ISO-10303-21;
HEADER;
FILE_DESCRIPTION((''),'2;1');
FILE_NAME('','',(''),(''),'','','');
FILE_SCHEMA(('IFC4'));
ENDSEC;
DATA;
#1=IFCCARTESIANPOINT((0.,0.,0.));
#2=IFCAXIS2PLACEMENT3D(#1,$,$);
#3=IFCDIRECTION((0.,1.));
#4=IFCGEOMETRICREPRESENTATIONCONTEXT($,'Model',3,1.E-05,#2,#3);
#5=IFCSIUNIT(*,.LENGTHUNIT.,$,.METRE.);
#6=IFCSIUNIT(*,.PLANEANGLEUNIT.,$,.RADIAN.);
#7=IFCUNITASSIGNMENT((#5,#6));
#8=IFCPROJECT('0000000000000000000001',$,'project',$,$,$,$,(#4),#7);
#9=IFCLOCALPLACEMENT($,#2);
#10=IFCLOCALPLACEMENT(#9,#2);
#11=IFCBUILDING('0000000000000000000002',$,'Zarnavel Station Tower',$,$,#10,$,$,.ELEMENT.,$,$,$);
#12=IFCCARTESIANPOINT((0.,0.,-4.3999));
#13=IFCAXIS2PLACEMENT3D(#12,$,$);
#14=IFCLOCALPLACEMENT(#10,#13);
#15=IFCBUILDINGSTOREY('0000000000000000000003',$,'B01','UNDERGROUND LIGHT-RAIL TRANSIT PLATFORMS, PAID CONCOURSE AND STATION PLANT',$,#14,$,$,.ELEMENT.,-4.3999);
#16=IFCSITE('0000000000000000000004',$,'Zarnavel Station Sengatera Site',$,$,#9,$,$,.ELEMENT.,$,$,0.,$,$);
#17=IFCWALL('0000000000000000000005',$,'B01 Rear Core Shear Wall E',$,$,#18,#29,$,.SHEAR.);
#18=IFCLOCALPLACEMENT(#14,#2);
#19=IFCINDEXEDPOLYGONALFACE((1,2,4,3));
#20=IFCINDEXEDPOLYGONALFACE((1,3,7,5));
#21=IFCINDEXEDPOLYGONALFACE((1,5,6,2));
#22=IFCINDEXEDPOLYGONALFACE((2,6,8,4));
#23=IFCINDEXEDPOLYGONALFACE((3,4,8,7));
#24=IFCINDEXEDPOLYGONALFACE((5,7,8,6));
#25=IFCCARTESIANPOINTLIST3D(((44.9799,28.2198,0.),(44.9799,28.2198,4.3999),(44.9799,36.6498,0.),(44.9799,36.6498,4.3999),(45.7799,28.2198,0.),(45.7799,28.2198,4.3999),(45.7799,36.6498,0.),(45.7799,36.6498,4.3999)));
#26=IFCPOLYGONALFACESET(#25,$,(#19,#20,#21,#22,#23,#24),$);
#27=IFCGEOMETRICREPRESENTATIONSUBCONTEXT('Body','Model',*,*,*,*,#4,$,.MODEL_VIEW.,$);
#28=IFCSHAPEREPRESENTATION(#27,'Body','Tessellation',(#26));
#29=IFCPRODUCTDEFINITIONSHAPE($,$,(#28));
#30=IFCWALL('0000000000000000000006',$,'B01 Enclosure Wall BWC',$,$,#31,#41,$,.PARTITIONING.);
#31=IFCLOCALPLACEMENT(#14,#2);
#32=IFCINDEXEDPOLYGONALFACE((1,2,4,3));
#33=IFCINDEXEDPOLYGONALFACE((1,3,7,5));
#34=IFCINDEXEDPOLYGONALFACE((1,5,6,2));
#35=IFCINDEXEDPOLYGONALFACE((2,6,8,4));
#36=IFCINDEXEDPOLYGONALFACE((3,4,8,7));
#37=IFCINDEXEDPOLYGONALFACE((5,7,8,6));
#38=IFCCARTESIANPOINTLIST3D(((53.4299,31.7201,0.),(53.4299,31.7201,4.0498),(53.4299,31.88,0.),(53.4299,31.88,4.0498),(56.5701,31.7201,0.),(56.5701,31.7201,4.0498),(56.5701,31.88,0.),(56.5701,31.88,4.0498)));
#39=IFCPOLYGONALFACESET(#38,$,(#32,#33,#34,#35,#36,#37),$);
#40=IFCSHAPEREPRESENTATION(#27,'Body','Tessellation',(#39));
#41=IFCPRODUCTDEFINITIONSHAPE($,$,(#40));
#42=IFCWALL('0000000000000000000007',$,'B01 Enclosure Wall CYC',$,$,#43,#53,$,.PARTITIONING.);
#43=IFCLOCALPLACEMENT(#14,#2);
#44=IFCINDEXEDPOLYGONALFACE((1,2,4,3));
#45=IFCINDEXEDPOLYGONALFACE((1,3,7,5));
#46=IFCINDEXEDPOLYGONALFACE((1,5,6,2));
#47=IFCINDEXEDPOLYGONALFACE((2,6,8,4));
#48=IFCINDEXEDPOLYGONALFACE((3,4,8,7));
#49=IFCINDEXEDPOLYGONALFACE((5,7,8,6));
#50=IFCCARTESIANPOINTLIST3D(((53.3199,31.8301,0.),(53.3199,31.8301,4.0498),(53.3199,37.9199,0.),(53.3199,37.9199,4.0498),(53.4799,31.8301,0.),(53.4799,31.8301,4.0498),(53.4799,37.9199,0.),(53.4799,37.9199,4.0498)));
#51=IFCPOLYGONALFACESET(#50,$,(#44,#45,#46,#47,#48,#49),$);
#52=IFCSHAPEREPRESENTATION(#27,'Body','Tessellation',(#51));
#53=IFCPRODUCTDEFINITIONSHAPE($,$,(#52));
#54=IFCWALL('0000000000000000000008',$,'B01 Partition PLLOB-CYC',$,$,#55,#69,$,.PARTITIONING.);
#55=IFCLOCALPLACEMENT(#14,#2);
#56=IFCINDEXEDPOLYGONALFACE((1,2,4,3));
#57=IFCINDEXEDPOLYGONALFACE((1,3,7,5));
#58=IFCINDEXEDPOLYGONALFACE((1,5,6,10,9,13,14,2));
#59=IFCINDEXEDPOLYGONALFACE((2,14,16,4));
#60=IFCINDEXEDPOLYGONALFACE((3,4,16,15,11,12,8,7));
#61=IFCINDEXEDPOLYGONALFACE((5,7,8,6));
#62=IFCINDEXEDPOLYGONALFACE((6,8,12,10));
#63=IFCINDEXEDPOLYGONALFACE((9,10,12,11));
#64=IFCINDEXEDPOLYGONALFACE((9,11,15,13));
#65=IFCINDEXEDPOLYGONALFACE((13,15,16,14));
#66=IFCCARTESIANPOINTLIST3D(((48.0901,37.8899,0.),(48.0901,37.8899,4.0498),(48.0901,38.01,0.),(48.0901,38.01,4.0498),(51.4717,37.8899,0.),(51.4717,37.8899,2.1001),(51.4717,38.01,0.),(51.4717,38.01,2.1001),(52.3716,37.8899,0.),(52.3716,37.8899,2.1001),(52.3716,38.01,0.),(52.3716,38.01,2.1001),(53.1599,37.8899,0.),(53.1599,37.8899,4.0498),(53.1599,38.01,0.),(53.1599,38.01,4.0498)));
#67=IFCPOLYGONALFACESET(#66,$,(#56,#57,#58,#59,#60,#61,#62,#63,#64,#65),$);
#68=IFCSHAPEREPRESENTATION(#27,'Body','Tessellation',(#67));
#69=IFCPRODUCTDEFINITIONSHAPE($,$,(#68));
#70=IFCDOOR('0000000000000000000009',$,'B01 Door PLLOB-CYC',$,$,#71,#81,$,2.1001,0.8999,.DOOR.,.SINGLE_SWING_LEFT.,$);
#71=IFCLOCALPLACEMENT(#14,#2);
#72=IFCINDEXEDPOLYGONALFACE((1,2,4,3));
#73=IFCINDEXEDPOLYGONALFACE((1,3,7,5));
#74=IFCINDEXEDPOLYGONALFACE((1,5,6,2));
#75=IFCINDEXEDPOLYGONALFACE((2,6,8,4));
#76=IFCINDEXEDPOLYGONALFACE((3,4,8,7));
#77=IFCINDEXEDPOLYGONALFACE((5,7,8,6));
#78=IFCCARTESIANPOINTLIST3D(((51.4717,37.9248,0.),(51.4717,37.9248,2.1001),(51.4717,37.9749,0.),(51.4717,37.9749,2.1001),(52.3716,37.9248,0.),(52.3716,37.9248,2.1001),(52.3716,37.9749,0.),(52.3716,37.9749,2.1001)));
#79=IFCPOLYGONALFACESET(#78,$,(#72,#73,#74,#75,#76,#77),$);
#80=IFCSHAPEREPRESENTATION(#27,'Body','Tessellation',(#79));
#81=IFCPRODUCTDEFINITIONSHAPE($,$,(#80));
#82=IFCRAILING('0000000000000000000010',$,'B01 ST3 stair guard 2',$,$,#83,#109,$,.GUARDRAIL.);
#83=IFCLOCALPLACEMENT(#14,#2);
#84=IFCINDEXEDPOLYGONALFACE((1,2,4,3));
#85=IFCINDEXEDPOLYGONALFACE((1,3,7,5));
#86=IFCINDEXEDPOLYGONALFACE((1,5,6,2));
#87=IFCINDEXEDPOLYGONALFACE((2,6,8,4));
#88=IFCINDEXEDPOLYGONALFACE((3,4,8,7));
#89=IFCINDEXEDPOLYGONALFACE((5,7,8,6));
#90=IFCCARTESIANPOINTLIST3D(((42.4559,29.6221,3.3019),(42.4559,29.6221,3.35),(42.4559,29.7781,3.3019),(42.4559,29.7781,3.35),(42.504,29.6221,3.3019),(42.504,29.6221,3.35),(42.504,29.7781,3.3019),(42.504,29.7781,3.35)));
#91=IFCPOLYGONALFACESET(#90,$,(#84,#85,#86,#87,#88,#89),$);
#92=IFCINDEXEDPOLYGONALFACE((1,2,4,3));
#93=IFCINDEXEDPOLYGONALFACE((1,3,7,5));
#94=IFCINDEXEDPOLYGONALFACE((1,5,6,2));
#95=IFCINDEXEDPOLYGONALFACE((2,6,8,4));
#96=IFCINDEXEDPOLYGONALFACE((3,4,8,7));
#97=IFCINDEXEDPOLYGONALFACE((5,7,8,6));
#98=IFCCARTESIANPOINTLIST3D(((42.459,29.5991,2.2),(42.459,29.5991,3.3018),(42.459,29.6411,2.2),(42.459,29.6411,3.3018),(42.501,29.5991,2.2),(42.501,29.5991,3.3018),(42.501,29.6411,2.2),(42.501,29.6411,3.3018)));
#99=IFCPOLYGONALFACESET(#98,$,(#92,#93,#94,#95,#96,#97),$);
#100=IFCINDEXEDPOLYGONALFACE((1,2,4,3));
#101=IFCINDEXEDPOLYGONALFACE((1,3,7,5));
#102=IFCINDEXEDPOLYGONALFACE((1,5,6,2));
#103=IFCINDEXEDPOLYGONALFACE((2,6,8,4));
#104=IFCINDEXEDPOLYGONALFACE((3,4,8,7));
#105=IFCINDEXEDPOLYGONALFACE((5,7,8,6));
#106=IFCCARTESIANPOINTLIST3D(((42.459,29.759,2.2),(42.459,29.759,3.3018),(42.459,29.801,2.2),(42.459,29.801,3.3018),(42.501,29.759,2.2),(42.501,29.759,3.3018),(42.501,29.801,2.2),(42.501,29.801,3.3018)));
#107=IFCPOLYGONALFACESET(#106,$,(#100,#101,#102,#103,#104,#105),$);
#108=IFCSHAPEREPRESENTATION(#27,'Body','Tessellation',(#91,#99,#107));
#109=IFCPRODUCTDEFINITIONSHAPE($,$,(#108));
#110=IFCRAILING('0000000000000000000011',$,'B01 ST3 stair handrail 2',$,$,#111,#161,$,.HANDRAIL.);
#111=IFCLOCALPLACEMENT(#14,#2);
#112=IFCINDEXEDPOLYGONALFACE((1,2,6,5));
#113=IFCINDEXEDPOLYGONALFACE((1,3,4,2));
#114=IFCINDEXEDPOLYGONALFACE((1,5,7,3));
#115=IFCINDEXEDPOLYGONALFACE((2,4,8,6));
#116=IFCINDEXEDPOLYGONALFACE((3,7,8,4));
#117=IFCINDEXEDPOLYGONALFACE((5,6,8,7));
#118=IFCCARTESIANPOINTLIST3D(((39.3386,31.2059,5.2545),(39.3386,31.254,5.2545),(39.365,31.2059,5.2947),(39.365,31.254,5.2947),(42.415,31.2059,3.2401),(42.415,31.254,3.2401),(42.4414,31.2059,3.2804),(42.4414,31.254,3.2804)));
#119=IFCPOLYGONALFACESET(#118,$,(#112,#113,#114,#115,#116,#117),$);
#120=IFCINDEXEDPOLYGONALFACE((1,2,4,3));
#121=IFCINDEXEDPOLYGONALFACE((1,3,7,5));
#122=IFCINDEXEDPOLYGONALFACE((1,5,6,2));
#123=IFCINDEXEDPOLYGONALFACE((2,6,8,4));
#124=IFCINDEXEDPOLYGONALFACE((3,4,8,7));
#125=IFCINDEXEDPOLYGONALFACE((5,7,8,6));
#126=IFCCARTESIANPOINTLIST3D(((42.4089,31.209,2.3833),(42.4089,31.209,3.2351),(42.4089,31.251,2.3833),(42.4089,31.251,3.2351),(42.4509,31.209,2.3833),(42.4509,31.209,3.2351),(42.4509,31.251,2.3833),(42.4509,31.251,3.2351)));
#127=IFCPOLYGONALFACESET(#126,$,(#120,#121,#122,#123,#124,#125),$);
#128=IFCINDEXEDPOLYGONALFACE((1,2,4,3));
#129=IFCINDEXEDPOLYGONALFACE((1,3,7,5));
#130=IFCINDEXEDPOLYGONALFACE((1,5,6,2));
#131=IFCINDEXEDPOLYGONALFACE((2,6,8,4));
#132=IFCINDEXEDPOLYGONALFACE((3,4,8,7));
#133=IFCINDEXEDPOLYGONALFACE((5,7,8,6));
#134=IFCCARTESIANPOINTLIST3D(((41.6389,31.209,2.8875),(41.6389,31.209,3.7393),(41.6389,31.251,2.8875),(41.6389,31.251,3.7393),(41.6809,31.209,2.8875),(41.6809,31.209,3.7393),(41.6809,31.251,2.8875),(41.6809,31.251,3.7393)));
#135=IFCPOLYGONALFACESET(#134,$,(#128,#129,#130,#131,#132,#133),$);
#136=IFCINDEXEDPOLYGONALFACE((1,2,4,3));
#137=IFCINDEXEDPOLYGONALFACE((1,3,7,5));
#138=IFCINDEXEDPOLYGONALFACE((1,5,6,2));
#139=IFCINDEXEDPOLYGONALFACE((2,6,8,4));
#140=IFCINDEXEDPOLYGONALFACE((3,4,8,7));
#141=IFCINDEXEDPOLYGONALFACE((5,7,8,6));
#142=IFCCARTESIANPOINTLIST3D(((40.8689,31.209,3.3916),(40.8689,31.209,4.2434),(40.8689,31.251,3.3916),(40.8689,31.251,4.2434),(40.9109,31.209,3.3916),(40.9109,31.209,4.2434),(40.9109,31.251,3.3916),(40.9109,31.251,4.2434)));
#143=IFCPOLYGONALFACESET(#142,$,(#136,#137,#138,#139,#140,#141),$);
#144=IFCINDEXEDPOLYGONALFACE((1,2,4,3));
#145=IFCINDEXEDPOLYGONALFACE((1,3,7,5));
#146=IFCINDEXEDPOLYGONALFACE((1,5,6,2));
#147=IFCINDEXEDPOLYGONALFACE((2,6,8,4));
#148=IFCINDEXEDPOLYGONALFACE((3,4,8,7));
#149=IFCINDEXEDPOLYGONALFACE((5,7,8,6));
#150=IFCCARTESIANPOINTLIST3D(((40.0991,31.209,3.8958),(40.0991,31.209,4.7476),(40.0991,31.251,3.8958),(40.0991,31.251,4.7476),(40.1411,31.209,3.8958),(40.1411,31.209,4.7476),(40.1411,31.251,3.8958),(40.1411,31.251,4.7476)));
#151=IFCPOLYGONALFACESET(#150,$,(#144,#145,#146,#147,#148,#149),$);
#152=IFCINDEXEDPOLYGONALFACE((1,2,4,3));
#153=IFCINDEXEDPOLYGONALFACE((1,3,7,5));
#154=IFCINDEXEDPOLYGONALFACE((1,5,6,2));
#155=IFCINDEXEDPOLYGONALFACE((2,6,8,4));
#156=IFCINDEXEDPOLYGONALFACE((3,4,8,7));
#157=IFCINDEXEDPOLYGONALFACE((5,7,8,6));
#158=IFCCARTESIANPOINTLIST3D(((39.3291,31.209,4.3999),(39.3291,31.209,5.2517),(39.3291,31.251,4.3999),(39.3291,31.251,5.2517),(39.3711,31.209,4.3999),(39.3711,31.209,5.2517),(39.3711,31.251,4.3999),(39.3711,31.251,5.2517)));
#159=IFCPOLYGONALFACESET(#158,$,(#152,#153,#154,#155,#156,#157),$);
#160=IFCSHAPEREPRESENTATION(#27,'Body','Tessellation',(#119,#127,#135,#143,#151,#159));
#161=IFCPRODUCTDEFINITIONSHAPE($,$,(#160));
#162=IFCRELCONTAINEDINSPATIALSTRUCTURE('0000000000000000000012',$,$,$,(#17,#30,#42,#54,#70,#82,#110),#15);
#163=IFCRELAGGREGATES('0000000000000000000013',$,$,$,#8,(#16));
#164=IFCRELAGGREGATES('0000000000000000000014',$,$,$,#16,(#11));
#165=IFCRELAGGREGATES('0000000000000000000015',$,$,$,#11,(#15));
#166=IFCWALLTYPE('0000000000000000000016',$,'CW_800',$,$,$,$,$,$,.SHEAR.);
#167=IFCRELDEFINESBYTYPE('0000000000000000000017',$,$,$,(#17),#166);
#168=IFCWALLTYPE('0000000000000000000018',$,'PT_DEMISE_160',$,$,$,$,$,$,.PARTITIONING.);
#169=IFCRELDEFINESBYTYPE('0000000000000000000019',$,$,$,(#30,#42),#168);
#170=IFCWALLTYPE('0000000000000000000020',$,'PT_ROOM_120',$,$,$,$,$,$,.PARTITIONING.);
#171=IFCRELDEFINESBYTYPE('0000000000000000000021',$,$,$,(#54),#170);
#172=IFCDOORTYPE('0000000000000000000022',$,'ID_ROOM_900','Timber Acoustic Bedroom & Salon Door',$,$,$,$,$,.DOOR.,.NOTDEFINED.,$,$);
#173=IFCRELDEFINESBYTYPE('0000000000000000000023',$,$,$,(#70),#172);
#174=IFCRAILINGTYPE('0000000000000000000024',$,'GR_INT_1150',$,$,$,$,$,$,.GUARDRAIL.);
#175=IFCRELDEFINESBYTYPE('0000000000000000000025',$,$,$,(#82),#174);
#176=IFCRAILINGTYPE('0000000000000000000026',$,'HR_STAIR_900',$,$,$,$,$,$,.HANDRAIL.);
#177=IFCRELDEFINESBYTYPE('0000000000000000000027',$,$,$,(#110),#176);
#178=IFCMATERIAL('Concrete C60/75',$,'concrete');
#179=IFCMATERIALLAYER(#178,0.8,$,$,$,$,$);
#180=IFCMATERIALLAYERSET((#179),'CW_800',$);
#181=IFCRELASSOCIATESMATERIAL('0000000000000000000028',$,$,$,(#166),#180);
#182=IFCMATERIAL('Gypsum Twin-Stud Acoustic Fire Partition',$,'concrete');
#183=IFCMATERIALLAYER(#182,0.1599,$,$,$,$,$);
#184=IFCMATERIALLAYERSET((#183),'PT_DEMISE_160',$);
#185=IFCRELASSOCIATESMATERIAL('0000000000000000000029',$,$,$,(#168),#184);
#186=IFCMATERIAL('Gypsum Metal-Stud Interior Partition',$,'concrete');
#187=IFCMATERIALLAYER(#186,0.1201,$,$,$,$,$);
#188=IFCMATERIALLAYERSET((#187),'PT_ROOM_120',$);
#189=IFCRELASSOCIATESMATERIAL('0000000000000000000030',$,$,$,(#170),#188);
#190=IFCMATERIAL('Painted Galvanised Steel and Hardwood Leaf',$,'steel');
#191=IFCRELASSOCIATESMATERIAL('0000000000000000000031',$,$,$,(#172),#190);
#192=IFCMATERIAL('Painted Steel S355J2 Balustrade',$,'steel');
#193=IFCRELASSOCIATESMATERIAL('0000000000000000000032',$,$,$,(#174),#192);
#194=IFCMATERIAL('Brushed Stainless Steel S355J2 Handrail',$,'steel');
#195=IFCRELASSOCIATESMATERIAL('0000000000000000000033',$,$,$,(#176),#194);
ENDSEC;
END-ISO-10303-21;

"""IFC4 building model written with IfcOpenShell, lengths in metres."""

from ifc_helpers import new_model, si_unit, direction, frame, frame_2d, origin, origin_2d, place, context, subcontext, project, spatial, rectangle, extrude, material, layer, layer_set, type_object, element, fill, save


model = new_model("IFC4")

# Units and contexts
model_context = context("Model", 3, precision=1e-05, world=origin(), true_north=direction((0.0, 1.0)))
body_context = subcontext(model_context, "Body", "Model", "MODEL_VIEW")
ifc_project = project(units=[si_unit("LENGTHUNIT", "METRE"), si_unit("PLANEANGLEUNIT", "RADIAN")], contexts=[model_context])

# Site, building, storey
site_placement = place(None, origin())
site = spatial("IfcSite", under=ifc_project, at=site_placement, Name="Zarnavel Station Sengatera Site", CompositionType="ELEMENT", RefElevation=0.0)
building_placement = place(site_placement, origin())
building = spatial("IfcBuilding", under=site, at=building_placement, Name="Zarnavel Station Tower", CompositionType="ELEMENT")
storey_placement = place(building_placement, frame((0.0, 0.0, -4.3999)))
storey = spatial("IfcBuildingStorey", under=building, at=storey_placement, Name="B01", Description="UNDERGROUND LIGHT-RAIL TRANSIT PLATFORMS, PAID CONCOURSE AND STATION PLANT", CompositionType="ELEMENT", Elevation=-4.3999)

# Shared definitions
ifc_material_1 = material(Name="Concrete C60/75", Category="concrete")
ifc_layer_1 = layer(ifc_material_1, 0.8)
ifc_layer_set_1 = layer_set([ifc_layer_1], Name="CW_800")
wall_type_1 = type_object("IfcWallType", Name="CW_800", PredefinedType="SHEAR", material=ifc_layer_set_1)

# Walls
wall_1_placement = place(storey_placement, frame((45.3799, 28.22, 0.0), z_axis=(0.0, 0.0, 1.0), x_axis=(0.0, 1.0, 0.0)))
element("IfcWall", 1, at=wall_1_placement, inside=storey, type_object=wall_type_1, Name="B01 Rear Core Shear Wall E", PredefinedType="SHEAR", context=body_context, shape_type="SweptSolid", body=[
    extrude(rectangle(XDim=8.4299, YDim=0.8, at=frame_2d((4.2148, 0.0))), origin(), (0.0, 0.0, 1.0), 4.3999),
])
ifc_material_2 = material(Name="Gypsum Twin-Stud Acoustic Fire Partition", Category="concrete")
ifc_layer_2 = layer(ifc_material_2, 0.1599)
ifc_layer_set_2 = layer_set([ifc_layer_2], Name="PT_DEMISE_160")
wall_type_2 = type_object("IfcWallType", Name="PT_DEMISE_160", PredefinedType="PARTITIONING", material=ifc_layer_set_2)
wall_2_placement = place(storey_placement, frame((53.4299, 31.8, 0.0), z_axis=(0.0, 0.0, 1.0), x_axis=(1.0, 0.0, 0.0)))
element("IfcWall", 2, at=wall_2_placement, inside=storey, type_object=wall_type_2, Name="B01 Enclosure Wall BWC", PredefinedType="PARTITIONING", context=body_context, shape_type="SweptSolid", body=[
    extrude(rectangle(XDim=3.1401, YDim=0.1599, at=frame_2d((1.5701, 0.0))), origin(), (0.0, 0.0, 1.0), 4.0498),
])
wall_3_placement = place(storey_placement, frame((53.3999, 31.8301, 0.0), z_axis=(0.0, 0.0, 1.0), x_axis=(0.0, 1.0, 0.0)))
element("IfcWall", 3, at=wall_3_placement, inside=storey, type_object=wall_type_2, Name="B01 Enclosure Wall CYC", PredefinedType="PARTITIONING", context=body_context, shape_type="SweptSolid", body=[
    extrude(rectangle(XDim=6.0898, YDim=0.1599, at=frame_2d((3.0449, 0.0))), origin(), (0.0, 0.0, 1.0), 4.0498),
])

# Wall, opening, door
ifc_material_3 = material(Name="Gypsum Metal-Stud Interior Partition", Category="concrete")
ifc_layer_3 = layer(ifc_material_3, 0.1201)
ifc_layer_set_3 = layer_set([ifc_layer_3], Name="PT_ROOM_120")
wall_type_3 = type_object("IfcWallType", Name="PT_ROOM_120", PredefinedType="PARTITIONING", material=ifc_layer_set_3)
wall_4_placement = place(storey_placement, frame((48.0901, 37.95, 0.0), z_axis=(0.0, 0.0, 1.0), x_axis=(1.0, 0.0, 0.0)))
wall_4 = element("IfcWall", 4, at=wall_4_placement, inside=storey, type_object=wall_type_3, Name="B01 Partition PLLOB-CYC", PredefinedType="PARTITIONING", context=body_context, shape_type="SweptSolid", body=[
    extrude(rectangle(XDim=5.0698, YDim=0.1201, at=frame_2d((2.5349, 0.0))), origin(), (0.0, 0.0, 1.0), 4.0498),
])
opening_1_placement = place(wall_4_placement, frame((3.3816, 0.0, 0.0)))
opening_1 = element("IfcOpeningElement", 5, at=opening_1_placement, cuts=wall_4, PredefinedType="OPENING", context=body_context, shape_type="SweptSolid", body=[
    extrude(rectangle(XDim=0.8999, YDim=2.1001, at=frame_2d((0.45, 1.05))), frame((0.0, 0.0701, 0.0), z_axis=(0.0, -1.0, 0.0), x_axis=(1.0, 0.0, 0.0)), (0.0, 0.0, 1.0), 0.1401),
])
ifc_material_4 = material(Name="Painted Galvanised Steel and Hardwood Leaf", Category="steel")
door_type_1 = type_object("IfcDoorType", Name="ID_ROOM_900", Description="Timber Acoustic Bedroom & Salon Door", OperationType="NOTDEFINED", PredefinedType="DOOR", material=ifc_material_4)
door_1_placement = place(opening_1_placement, origin())
door_1 = element("IfcDoor", 6, at=door_1_placement, inside=storey, type_object=door_type_1, Name="B01 Door PLLOB-CYC", OperationType="SINGLE_SWING_LEFT", OverallHeight=2.1001, OverallWidth=0.8999, PredefinedType="DOOR", context=body_context, shape_type="SweptSolid", body=[
    extrude(rectangle(XDim=0.8999, YDim=2.1001, at=frame_2d((0.45, 1.05))), frame((0.0, 0.0249, 0.0), z_axis=(0.0, -1.0, 0.0), x_axis=(1.0, 0.0, 0.0)), (0.0, 0.0, 1.0), 0.05),
])
fill(opening_1, door_1)

# Railings
ifc_material_5 = material(Name="Painted Steel S355J2 Balustrade", Category="steel")
railing_type_1 = type_object("IfcRailingType", Name="GR_INT_1150", PredefinedType="GUARDRAIL", material=ifc_material_5)
railing_1_placement = place(storey_placement, frame((42.48, 29.6201, 2.2)))
element("IfcRailing", 7, at=railing_1_placement, inside=storey, type_object=railing_type_1, Name="B01 ST3 stair guard 2", PredefinedType="GUARDRAIL", context=body_context, shape_type="SweptSolid", body=[
    extrude(rectangle(XDim=0.0481, YDim=0.0481, at=origin_2d()), frame((0.0, 0.002, 1.126), z_axis=(0.0, 1.0, 0.0), x_axis=(-1.0, 0.0, 0.0)), (0.0, 0.0, 1.0), 0.156),
    extrude(rectangle(XDim=0.042, YDim=0.042, at=origin_2d()), origin(), (0.0, 0.0, 1.0), 1.1018),
    extrude(rectangle(XDim=0.042, YDim=0.042, at=origin_2d()), frame((0.0, 0.1599, 0.0)), (0.0, 0.0, 1.0), 1.1018),
])
ifc_material_6 = material(Name="Brushed Stainless Steel S355J2 Handrail", Category="steel")
railing_type_2 = type_object("IfcRailingType", Name="HR_STAIR_900", PredefinedType="HANDRAIL", material=ifc_material_6)
railing_2_placement = place(storey_placement, frame((42.4299, 31.23, 2.3833)))
element("IfcRailing", 8, at=railing_2_placement, inside=storey, type_object=railing_type_2, Name="B01 ST3 stair handrail 2", PredefinedType="HANDRAIL", context=body_context, shape_type="SweptSolid", body=[
    extrude(rectangle(XDim=0.0481, YDim=0.0481, at=origin_2d()), frame((-0.0017, 0.0, 0.877), z_axis=(-0.836613, 0.0, 0.547794), x_axis=(0.0, -1.0, 0.0)), (0.0, 0.0, 1.0), 3.6772),
    extrude(rectangle(XDim=0.042, YDim=0.042, at=origin_2d()), origin(), (0.0, 0.0, 1.0), 0.8518),
    extrude(rectangle(XDim=0.042, YDim=0.042, at=origin_2d()), frame((-0.77, 0.0, 0.5042)), (0.0, 0.0, 1.0), 0.8518),
    extrude(rectangle(XDim=0.042, YDim=0.042, at=origin_2d()), frame((-1.54, 0.0, 1.0083)), (0.0, 0.0, 1.0), 0.8518),
    extrude(rectangle(XDim=0.042, YDim=0.042, at=origin_2d()), frame((-2.3098, 0.0, 1.5125)), (0.0, 0.0, 1.0), 0.8518),
    extrude(rectangle(XDim=0.042, YDim=0.042, at=origin_2d()), frame((-3.0798, 0.0, 2.0166)), (0.0, 0.0, 1.0), 0.8518),
])

save(model, "model.ifc")
